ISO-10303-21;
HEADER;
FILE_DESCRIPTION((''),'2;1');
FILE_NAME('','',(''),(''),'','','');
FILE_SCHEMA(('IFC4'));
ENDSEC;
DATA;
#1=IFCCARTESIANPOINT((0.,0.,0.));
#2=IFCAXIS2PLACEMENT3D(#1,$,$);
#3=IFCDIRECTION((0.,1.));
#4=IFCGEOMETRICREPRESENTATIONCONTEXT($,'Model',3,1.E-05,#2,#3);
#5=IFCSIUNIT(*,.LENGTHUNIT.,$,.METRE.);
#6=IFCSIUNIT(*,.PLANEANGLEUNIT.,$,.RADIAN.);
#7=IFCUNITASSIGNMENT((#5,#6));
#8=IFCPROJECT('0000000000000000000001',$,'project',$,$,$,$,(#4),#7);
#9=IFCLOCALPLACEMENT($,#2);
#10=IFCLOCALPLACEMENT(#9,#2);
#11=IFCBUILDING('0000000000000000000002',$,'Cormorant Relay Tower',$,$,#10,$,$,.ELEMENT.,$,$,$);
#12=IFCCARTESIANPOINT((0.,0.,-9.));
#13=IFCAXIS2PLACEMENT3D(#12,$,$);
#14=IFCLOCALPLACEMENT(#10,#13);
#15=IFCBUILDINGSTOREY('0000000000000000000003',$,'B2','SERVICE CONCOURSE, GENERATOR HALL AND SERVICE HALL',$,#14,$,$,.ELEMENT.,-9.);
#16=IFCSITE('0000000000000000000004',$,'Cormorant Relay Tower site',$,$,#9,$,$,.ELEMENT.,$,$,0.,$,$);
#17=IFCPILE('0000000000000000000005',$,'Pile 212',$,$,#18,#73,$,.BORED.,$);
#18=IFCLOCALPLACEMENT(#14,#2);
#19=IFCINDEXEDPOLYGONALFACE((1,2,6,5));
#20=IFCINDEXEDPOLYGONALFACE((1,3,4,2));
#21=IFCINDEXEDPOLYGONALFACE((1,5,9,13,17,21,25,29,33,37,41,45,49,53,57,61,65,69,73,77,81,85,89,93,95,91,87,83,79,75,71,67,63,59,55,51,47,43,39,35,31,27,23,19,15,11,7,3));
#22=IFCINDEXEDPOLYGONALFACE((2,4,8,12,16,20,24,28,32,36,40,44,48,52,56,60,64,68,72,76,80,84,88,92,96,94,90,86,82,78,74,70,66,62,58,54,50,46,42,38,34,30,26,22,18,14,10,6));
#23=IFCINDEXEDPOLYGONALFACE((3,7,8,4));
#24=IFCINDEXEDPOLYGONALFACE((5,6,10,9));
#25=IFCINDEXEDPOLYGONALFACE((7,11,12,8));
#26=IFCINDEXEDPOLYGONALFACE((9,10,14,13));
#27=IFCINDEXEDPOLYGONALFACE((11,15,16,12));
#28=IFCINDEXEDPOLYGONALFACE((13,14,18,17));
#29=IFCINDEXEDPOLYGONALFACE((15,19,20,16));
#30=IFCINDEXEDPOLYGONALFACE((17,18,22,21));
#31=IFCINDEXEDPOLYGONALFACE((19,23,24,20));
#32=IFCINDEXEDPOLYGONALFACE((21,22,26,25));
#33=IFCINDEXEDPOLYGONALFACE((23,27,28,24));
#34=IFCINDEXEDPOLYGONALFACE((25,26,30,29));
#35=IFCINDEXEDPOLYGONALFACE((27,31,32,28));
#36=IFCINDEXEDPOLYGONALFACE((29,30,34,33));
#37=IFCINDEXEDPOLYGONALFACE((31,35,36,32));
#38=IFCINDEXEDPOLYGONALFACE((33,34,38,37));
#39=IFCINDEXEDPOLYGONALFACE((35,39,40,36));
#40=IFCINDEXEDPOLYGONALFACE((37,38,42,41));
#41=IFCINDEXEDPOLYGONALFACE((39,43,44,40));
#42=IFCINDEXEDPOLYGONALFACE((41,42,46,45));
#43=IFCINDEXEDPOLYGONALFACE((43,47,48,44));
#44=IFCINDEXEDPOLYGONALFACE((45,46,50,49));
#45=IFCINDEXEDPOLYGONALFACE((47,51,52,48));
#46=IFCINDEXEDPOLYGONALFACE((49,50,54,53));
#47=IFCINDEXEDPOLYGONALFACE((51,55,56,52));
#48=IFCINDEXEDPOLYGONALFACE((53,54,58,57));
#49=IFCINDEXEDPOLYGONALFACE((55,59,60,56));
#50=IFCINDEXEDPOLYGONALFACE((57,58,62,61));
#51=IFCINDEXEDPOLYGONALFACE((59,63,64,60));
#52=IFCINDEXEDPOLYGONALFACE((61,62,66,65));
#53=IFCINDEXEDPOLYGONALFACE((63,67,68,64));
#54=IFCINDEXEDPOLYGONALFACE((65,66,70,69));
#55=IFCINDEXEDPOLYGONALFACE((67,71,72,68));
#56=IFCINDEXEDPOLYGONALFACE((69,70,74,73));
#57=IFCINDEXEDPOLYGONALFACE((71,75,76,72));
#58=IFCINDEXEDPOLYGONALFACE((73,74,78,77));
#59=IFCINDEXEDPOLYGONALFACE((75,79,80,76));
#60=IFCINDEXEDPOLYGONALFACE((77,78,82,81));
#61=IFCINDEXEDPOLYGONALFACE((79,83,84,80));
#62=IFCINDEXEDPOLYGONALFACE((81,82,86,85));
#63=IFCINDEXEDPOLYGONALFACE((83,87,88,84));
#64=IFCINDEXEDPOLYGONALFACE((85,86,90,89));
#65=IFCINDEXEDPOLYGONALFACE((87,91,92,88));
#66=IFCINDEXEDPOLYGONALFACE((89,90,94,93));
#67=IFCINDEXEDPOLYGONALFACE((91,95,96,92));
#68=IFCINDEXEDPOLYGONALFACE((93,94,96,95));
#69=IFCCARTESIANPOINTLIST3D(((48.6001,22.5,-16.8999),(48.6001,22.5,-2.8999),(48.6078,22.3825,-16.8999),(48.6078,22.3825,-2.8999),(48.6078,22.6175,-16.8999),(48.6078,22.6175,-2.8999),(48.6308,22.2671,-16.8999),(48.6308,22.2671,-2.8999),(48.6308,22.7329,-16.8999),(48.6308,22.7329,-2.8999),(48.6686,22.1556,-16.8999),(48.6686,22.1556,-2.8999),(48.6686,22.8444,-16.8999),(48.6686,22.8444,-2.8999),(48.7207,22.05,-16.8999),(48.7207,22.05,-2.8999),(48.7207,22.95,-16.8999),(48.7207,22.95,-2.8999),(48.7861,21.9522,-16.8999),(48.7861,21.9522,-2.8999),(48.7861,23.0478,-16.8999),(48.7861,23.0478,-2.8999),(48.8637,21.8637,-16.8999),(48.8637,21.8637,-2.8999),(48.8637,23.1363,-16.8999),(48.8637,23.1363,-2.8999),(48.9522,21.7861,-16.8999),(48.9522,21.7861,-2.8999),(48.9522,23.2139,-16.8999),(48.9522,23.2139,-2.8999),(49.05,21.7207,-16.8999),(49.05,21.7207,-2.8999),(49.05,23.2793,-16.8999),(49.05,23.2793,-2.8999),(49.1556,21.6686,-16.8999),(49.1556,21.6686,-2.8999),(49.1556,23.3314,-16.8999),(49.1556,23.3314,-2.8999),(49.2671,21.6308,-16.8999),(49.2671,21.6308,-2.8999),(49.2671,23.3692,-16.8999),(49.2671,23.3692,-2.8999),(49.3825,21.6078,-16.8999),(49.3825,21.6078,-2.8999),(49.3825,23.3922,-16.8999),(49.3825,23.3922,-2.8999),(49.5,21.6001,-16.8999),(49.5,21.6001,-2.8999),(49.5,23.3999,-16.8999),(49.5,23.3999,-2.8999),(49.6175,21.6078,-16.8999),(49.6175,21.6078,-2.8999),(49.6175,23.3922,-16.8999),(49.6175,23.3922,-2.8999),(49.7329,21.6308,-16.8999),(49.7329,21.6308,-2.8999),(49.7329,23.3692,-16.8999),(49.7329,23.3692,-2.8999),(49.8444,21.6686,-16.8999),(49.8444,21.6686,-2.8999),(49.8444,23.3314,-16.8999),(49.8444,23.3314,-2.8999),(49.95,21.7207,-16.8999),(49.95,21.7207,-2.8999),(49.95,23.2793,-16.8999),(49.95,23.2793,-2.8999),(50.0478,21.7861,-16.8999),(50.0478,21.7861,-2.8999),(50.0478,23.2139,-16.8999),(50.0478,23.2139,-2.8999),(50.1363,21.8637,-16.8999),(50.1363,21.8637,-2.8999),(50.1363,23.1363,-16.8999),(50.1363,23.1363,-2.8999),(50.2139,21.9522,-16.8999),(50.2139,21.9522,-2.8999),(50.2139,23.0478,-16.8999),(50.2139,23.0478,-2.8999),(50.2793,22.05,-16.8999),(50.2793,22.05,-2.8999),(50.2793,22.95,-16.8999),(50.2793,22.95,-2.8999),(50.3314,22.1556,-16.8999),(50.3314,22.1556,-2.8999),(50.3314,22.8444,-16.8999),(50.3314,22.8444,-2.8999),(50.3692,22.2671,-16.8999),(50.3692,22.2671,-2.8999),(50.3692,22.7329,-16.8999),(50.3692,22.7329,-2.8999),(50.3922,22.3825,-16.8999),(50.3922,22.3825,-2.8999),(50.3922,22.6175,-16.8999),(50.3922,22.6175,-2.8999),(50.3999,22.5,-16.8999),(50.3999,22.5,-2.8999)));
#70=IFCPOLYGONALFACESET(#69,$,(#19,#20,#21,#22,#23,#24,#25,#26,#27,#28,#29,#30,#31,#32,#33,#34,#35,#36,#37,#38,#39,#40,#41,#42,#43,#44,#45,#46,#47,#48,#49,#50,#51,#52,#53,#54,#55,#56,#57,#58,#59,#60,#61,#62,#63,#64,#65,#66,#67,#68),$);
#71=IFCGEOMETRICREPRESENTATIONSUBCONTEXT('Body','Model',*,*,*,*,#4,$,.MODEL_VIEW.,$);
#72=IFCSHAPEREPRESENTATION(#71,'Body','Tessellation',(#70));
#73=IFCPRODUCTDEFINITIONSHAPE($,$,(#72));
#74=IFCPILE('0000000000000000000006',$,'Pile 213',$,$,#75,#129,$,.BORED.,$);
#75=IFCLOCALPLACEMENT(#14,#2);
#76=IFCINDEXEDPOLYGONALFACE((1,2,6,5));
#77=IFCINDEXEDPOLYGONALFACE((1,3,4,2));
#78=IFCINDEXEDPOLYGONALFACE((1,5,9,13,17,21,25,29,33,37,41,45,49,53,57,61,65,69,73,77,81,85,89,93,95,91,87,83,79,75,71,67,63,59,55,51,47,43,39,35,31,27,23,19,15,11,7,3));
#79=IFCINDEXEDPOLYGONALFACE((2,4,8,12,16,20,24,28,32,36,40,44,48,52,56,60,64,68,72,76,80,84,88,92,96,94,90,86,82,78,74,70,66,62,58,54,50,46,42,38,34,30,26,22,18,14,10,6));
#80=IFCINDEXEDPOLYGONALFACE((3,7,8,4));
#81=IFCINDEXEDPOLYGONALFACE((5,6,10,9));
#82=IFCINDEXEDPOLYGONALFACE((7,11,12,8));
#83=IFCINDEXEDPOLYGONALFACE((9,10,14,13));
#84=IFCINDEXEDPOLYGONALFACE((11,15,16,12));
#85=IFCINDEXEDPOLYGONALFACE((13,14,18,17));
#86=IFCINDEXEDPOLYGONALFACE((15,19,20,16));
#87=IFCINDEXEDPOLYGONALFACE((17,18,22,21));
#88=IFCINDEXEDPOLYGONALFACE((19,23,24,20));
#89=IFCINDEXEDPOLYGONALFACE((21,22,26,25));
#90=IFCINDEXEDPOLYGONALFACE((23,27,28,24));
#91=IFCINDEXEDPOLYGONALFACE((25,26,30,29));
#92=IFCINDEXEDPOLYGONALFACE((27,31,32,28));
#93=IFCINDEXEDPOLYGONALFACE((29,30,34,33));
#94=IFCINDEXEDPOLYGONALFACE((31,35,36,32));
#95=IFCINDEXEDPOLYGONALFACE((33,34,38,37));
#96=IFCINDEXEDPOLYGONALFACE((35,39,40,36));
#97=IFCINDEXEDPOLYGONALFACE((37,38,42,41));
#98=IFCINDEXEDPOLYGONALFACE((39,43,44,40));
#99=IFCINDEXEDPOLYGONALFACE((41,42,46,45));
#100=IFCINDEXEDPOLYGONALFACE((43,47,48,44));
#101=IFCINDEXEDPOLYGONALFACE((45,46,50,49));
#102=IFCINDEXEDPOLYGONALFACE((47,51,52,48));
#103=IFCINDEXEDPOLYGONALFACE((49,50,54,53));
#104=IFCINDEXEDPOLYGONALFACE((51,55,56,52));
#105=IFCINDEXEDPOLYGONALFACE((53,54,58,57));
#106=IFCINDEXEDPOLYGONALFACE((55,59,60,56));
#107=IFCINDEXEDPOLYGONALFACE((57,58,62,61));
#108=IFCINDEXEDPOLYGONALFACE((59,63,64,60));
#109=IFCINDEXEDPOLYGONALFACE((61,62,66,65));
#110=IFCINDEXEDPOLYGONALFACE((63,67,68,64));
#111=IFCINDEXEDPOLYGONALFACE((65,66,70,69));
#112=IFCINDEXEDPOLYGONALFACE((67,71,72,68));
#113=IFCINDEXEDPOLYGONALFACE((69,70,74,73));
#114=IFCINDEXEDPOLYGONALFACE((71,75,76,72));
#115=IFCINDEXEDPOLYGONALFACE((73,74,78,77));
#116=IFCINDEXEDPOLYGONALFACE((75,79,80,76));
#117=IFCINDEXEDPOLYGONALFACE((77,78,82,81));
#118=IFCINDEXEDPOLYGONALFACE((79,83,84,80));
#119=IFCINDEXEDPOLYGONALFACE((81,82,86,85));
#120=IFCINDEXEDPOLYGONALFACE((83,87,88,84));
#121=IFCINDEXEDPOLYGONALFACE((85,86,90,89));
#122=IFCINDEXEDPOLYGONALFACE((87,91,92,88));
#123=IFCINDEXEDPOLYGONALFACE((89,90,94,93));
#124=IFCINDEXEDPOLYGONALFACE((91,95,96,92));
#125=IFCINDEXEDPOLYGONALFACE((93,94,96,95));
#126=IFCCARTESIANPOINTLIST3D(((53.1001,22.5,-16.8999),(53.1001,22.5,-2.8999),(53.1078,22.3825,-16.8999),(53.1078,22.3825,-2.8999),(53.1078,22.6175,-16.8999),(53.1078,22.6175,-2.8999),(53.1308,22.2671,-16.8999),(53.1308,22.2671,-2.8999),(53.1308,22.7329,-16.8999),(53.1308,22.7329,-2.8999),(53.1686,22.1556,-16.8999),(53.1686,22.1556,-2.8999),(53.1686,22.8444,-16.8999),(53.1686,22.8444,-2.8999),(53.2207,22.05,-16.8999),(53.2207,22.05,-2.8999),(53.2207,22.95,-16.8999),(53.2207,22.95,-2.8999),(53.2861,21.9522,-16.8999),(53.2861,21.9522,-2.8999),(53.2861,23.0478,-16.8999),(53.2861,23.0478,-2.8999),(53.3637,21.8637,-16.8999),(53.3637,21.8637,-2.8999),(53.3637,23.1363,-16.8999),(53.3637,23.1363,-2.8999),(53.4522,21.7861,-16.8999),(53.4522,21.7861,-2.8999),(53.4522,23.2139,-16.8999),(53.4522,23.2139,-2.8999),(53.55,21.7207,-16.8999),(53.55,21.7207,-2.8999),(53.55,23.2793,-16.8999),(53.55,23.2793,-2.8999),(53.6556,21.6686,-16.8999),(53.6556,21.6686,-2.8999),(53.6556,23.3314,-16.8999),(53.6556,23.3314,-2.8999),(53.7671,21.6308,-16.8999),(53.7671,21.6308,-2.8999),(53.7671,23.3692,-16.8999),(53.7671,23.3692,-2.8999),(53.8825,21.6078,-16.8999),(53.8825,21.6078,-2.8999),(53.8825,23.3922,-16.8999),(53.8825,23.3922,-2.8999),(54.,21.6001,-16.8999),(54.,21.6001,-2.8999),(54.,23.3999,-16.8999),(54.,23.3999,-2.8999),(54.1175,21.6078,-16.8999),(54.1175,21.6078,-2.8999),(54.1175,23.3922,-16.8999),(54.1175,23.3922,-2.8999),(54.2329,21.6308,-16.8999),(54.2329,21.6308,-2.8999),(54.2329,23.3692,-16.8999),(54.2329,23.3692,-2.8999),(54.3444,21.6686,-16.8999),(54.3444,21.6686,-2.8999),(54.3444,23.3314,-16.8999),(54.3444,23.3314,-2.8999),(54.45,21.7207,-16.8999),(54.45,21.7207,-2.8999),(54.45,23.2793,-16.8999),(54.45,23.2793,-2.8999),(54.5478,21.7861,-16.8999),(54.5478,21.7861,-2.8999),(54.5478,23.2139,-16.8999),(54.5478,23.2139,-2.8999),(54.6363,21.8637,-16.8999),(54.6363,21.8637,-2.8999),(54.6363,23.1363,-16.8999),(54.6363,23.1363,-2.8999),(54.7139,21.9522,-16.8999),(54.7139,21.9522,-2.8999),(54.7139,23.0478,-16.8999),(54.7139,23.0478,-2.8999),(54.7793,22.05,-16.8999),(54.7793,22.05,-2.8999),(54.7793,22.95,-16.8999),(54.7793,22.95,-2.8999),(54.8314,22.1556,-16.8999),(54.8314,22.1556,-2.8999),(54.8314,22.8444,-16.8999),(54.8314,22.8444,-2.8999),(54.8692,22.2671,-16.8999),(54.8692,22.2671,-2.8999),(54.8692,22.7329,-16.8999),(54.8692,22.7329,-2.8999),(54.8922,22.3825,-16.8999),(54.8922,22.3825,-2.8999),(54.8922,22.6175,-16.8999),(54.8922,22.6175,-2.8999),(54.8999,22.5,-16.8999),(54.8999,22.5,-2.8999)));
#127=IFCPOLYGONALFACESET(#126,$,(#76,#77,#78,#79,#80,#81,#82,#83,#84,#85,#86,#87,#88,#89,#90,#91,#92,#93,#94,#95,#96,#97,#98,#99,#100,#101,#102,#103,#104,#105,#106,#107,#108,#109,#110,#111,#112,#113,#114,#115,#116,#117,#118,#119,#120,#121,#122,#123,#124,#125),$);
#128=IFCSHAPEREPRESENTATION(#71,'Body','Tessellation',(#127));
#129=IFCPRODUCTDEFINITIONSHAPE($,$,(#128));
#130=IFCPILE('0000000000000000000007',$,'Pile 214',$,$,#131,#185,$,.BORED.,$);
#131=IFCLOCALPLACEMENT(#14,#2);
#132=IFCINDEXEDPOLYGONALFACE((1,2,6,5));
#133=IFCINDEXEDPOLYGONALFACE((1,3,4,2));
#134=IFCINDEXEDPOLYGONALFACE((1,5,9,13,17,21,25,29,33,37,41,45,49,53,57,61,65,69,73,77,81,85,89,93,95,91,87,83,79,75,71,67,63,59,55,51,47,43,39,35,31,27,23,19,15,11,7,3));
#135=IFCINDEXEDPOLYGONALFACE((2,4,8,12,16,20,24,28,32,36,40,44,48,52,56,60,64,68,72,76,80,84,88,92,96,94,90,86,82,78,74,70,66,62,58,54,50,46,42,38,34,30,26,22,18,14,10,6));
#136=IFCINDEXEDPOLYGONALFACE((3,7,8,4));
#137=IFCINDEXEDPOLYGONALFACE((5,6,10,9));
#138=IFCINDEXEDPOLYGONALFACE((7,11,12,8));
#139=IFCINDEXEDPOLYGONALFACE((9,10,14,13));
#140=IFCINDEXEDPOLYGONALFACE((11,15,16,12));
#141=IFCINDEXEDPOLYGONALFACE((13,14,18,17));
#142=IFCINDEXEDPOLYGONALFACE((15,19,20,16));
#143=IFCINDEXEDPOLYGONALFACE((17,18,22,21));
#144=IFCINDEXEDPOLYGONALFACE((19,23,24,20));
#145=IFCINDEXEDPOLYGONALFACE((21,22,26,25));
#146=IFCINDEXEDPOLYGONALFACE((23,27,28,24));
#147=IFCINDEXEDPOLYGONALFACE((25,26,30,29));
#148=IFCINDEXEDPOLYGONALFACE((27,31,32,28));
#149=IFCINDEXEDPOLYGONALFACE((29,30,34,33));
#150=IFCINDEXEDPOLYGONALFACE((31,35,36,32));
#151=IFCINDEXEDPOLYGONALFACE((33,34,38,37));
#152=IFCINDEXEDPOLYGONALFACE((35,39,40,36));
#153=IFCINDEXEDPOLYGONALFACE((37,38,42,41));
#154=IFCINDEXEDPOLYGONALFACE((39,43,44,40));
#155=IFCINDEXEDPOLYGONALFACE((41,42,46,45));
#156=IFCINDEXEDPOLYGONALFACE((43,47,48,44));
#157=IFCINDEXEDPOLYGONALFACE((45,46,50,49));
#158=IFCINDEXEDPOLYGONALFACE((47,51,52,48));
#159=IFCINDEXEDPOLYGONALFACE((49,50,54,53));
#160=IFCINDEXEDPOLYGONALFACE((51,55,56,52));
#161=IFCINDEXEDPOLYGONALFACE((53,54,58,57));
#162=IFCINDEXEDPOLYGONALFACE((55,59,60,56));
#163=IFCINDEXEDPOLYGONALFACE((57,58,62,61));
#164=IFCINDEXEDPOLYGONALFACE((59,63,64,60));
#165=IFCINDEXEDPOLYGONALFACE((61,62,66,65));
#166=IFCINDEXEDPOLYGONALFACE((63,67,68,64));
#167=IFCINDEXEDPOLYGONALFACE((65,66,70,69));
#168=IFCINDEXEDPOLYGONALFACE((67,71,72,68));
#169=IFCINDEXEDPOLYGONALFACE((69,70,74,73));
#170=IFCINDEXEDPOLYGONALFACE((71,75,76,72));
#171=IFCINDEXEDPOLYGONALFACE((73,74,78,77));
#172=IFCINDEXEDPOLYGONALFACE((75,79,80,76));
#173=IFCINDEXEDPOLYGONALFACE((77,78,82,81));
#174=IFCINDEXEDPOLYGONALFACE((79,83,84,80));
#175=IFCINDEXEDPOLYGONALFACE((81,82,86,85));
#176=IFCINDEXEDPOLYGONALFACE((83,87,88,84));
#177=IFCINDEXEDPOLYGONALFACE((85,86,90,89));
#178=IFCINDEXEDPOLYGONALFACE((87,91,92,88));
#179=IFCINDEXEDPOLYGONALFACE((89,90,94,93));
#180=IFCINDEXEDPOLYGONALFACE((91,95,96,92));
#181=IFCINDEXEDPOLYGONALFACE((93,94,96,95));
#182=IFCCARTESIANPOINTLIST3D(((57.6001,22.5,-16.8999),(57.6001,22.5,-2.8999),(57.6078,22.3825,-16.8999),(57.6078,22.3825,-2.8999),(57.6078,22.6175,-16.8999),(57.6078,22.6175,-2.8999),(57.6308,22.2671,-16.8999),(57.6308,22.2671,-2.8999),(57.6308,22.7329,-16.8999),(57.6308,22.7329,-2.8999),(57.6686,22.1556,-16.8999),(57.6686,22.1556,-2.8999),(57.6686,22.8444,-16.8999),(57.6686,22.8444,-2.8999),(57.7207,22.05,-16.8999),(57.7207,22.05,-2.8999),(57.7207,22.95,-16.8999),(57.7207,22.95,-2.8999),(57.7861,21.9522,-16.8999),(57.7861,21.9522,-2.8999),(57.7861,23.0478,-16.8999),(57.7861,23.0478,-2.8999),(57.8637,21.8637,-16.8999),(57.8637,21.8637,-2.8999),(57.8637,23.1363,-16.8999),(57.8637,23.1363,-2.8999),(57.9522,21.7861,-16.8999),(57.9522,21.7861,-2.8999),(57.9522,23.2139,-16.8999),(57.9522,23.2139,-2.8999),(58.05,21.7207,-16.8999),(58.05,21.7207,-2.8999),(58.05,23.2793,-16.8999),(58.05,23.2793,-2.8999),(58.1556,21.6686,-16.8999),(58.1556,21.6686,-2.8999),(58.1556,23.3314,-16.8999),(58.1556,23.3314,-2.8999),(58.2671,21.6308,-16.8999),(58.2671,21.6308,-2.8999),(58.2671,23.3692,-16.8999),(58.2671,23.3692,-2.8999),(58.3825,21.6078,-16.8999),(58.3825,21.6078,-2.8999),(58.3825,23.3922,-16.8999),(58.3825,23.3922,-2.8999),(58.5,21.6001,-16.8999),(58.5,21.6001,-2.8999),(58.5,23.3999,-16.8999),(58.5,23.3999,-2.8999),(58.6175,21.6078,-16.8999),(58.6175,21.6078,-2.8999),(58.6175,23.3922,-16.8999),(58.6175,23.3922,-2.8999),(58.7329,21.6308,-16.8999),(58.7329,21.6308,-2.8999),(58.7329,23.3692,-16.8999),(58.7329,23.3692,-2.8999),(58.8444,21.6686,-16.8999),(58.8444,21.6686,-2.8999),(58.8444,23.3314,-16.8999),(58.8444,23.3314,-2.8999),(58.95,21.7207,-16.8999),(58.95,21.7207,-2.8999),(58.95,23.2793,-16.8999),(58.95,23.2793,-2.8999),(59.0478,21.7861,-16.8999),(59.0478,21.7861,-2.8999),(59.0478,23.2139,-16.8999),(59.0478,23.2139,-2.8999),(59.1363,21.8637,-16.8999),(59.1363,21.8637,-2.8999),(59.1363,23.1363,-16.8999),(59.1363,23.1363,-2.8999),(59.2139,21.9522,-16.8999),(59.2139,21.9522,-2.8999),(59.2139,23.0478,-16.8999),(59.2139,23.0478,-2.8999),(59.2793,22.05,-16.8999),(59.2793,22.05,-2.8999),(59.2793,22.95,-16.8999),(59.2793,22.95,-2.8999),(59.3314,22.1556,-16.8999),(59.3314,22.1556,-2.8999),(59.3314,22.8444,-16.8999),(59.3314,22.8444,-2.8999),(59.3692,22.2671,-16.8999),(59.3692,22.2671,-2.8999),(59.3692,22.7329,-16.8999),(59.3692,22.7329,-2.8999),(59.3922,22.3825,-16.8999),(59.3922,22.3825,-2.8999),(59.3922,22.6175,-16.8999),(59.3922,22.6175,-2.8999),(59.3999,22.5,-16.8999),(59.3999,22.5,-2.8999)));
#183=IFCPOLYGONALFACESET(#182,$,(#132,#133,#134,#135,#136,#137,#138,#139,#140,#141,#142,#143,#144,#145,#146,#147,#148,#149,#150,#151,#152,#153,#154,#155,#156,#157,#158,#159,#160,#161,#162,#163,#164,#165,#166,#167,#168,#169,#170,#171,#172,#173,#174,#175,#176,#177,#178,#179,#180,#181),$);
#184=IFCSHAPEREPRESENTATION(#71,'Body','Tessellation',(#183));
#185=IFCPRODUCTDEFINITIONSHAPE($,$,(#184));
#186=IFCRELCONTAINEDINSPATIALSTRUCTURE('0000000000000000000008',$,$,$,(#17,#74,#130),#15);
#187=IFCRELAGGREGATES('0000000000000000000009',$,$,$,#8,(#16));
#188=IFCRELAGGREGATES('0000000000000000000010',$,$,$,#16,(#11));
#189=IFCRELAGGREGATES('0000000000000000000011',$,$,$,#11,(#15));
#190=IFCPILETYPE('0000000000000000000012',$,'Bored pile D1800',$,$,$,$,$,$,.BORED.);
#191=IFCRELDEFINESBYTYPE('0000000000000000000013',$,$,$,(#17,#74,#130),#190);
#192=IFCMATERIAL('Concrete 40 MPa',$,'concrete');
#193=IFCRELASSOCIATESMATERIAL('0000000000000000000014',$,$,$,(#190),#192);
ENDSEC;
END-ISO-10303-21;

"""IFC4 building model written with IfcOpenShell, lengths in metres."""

from ifc_helpers import new_model, si_unit, direction, frame, origin, origin_2d, place, context, subcontext, project, spatial, circle, extrude, material, material_profile, profile_set, type_object, element, save


model = new_model("IFC4")

# Units and contexts
model_context = context("Model", 3, precision=1e-05, world=origin(), true_north=direction((0.0, 1.0)))
body_context = subcontext(model_context, "Body", "Model", "MODEL_VIEW")
ifc_project = project(units=[si_unit("LENGTHUNIT", "METRE"), si_unit("PLANEANGLEUNIT", "RADIAN")], contexts=[model_context])

# Site, building, storey
site_placement = place(None, origin())
site = spatial("IfcSite", under=ifc_project, at=site_placement, Name="Cormorant Relay Tower site", CompositionType="ELEMENT", RefElevation=0.0)
building_placement = place(site_placement, origin())
building = spatial("IfcBuilding", under=site, at=building_placement, Name="Cormorant Relay Tower", CompositionType="ELEMENT")
storey_placement = place(building_placement, frame((0.0, 0.0, -9.0)))
storey = spatial("IfcBuildingStorey", under=building, at=storey_placement, Name="B2", Description="SERVICE CONCOURSE, GENERATOR HALL AND SERVICE HALL", CompositionType="ELEMENT", Elevation=-9.0)

# Piles
ifc_material_1 = material(Name="Concrete 40 MPa", Category="concrete")
ifc_material_profile_1 = material_profile(ifc_material_1, circle(Radius=0.8999, at=origin_2d()), Name="BP1800")
ifc_profile_set_1 = profile_set([ifc_material_profile_1], Name="Concrete 40 MPa")
pile_type = type_object("IfcPileType", Name="Bored pile D1800", PredefinedType="BORED", material=ifc_profile_set_1)
for number, where, z_axis, x_axis, name in (
    (1, (49.5, 22.5, -2.8999), (0.0, 0.0, -1.0), (1.0, 0.0, 0.0), "Pile 212"),
    (2, (54.0, 22.5, -2.8999), (0.0, 0.0, -1.0), (1.0, 0.0, 0.0), "Pile 213"),
    (3, (58.5, 22.5, -2.8999), (0.0, 0.0, -1.0), (1.0, 0.0, 0.0), "Pile 214"),
):
    element("IfcPile", number, at=place(storey_placement, frame(where, z_axis=z_axis, x_axis=x_axis)), inside=storey, type_object=pile_type, Name=name, PredefinedType="BORED", context=body_context, shape_type="SweptSolid", body=[
        extrude(circle(Radius=0.8999, at=origin_2d()), origin(), (0.0, 0.0, 1.0), 14.0),
    ])

save(model, "model.ifc")
